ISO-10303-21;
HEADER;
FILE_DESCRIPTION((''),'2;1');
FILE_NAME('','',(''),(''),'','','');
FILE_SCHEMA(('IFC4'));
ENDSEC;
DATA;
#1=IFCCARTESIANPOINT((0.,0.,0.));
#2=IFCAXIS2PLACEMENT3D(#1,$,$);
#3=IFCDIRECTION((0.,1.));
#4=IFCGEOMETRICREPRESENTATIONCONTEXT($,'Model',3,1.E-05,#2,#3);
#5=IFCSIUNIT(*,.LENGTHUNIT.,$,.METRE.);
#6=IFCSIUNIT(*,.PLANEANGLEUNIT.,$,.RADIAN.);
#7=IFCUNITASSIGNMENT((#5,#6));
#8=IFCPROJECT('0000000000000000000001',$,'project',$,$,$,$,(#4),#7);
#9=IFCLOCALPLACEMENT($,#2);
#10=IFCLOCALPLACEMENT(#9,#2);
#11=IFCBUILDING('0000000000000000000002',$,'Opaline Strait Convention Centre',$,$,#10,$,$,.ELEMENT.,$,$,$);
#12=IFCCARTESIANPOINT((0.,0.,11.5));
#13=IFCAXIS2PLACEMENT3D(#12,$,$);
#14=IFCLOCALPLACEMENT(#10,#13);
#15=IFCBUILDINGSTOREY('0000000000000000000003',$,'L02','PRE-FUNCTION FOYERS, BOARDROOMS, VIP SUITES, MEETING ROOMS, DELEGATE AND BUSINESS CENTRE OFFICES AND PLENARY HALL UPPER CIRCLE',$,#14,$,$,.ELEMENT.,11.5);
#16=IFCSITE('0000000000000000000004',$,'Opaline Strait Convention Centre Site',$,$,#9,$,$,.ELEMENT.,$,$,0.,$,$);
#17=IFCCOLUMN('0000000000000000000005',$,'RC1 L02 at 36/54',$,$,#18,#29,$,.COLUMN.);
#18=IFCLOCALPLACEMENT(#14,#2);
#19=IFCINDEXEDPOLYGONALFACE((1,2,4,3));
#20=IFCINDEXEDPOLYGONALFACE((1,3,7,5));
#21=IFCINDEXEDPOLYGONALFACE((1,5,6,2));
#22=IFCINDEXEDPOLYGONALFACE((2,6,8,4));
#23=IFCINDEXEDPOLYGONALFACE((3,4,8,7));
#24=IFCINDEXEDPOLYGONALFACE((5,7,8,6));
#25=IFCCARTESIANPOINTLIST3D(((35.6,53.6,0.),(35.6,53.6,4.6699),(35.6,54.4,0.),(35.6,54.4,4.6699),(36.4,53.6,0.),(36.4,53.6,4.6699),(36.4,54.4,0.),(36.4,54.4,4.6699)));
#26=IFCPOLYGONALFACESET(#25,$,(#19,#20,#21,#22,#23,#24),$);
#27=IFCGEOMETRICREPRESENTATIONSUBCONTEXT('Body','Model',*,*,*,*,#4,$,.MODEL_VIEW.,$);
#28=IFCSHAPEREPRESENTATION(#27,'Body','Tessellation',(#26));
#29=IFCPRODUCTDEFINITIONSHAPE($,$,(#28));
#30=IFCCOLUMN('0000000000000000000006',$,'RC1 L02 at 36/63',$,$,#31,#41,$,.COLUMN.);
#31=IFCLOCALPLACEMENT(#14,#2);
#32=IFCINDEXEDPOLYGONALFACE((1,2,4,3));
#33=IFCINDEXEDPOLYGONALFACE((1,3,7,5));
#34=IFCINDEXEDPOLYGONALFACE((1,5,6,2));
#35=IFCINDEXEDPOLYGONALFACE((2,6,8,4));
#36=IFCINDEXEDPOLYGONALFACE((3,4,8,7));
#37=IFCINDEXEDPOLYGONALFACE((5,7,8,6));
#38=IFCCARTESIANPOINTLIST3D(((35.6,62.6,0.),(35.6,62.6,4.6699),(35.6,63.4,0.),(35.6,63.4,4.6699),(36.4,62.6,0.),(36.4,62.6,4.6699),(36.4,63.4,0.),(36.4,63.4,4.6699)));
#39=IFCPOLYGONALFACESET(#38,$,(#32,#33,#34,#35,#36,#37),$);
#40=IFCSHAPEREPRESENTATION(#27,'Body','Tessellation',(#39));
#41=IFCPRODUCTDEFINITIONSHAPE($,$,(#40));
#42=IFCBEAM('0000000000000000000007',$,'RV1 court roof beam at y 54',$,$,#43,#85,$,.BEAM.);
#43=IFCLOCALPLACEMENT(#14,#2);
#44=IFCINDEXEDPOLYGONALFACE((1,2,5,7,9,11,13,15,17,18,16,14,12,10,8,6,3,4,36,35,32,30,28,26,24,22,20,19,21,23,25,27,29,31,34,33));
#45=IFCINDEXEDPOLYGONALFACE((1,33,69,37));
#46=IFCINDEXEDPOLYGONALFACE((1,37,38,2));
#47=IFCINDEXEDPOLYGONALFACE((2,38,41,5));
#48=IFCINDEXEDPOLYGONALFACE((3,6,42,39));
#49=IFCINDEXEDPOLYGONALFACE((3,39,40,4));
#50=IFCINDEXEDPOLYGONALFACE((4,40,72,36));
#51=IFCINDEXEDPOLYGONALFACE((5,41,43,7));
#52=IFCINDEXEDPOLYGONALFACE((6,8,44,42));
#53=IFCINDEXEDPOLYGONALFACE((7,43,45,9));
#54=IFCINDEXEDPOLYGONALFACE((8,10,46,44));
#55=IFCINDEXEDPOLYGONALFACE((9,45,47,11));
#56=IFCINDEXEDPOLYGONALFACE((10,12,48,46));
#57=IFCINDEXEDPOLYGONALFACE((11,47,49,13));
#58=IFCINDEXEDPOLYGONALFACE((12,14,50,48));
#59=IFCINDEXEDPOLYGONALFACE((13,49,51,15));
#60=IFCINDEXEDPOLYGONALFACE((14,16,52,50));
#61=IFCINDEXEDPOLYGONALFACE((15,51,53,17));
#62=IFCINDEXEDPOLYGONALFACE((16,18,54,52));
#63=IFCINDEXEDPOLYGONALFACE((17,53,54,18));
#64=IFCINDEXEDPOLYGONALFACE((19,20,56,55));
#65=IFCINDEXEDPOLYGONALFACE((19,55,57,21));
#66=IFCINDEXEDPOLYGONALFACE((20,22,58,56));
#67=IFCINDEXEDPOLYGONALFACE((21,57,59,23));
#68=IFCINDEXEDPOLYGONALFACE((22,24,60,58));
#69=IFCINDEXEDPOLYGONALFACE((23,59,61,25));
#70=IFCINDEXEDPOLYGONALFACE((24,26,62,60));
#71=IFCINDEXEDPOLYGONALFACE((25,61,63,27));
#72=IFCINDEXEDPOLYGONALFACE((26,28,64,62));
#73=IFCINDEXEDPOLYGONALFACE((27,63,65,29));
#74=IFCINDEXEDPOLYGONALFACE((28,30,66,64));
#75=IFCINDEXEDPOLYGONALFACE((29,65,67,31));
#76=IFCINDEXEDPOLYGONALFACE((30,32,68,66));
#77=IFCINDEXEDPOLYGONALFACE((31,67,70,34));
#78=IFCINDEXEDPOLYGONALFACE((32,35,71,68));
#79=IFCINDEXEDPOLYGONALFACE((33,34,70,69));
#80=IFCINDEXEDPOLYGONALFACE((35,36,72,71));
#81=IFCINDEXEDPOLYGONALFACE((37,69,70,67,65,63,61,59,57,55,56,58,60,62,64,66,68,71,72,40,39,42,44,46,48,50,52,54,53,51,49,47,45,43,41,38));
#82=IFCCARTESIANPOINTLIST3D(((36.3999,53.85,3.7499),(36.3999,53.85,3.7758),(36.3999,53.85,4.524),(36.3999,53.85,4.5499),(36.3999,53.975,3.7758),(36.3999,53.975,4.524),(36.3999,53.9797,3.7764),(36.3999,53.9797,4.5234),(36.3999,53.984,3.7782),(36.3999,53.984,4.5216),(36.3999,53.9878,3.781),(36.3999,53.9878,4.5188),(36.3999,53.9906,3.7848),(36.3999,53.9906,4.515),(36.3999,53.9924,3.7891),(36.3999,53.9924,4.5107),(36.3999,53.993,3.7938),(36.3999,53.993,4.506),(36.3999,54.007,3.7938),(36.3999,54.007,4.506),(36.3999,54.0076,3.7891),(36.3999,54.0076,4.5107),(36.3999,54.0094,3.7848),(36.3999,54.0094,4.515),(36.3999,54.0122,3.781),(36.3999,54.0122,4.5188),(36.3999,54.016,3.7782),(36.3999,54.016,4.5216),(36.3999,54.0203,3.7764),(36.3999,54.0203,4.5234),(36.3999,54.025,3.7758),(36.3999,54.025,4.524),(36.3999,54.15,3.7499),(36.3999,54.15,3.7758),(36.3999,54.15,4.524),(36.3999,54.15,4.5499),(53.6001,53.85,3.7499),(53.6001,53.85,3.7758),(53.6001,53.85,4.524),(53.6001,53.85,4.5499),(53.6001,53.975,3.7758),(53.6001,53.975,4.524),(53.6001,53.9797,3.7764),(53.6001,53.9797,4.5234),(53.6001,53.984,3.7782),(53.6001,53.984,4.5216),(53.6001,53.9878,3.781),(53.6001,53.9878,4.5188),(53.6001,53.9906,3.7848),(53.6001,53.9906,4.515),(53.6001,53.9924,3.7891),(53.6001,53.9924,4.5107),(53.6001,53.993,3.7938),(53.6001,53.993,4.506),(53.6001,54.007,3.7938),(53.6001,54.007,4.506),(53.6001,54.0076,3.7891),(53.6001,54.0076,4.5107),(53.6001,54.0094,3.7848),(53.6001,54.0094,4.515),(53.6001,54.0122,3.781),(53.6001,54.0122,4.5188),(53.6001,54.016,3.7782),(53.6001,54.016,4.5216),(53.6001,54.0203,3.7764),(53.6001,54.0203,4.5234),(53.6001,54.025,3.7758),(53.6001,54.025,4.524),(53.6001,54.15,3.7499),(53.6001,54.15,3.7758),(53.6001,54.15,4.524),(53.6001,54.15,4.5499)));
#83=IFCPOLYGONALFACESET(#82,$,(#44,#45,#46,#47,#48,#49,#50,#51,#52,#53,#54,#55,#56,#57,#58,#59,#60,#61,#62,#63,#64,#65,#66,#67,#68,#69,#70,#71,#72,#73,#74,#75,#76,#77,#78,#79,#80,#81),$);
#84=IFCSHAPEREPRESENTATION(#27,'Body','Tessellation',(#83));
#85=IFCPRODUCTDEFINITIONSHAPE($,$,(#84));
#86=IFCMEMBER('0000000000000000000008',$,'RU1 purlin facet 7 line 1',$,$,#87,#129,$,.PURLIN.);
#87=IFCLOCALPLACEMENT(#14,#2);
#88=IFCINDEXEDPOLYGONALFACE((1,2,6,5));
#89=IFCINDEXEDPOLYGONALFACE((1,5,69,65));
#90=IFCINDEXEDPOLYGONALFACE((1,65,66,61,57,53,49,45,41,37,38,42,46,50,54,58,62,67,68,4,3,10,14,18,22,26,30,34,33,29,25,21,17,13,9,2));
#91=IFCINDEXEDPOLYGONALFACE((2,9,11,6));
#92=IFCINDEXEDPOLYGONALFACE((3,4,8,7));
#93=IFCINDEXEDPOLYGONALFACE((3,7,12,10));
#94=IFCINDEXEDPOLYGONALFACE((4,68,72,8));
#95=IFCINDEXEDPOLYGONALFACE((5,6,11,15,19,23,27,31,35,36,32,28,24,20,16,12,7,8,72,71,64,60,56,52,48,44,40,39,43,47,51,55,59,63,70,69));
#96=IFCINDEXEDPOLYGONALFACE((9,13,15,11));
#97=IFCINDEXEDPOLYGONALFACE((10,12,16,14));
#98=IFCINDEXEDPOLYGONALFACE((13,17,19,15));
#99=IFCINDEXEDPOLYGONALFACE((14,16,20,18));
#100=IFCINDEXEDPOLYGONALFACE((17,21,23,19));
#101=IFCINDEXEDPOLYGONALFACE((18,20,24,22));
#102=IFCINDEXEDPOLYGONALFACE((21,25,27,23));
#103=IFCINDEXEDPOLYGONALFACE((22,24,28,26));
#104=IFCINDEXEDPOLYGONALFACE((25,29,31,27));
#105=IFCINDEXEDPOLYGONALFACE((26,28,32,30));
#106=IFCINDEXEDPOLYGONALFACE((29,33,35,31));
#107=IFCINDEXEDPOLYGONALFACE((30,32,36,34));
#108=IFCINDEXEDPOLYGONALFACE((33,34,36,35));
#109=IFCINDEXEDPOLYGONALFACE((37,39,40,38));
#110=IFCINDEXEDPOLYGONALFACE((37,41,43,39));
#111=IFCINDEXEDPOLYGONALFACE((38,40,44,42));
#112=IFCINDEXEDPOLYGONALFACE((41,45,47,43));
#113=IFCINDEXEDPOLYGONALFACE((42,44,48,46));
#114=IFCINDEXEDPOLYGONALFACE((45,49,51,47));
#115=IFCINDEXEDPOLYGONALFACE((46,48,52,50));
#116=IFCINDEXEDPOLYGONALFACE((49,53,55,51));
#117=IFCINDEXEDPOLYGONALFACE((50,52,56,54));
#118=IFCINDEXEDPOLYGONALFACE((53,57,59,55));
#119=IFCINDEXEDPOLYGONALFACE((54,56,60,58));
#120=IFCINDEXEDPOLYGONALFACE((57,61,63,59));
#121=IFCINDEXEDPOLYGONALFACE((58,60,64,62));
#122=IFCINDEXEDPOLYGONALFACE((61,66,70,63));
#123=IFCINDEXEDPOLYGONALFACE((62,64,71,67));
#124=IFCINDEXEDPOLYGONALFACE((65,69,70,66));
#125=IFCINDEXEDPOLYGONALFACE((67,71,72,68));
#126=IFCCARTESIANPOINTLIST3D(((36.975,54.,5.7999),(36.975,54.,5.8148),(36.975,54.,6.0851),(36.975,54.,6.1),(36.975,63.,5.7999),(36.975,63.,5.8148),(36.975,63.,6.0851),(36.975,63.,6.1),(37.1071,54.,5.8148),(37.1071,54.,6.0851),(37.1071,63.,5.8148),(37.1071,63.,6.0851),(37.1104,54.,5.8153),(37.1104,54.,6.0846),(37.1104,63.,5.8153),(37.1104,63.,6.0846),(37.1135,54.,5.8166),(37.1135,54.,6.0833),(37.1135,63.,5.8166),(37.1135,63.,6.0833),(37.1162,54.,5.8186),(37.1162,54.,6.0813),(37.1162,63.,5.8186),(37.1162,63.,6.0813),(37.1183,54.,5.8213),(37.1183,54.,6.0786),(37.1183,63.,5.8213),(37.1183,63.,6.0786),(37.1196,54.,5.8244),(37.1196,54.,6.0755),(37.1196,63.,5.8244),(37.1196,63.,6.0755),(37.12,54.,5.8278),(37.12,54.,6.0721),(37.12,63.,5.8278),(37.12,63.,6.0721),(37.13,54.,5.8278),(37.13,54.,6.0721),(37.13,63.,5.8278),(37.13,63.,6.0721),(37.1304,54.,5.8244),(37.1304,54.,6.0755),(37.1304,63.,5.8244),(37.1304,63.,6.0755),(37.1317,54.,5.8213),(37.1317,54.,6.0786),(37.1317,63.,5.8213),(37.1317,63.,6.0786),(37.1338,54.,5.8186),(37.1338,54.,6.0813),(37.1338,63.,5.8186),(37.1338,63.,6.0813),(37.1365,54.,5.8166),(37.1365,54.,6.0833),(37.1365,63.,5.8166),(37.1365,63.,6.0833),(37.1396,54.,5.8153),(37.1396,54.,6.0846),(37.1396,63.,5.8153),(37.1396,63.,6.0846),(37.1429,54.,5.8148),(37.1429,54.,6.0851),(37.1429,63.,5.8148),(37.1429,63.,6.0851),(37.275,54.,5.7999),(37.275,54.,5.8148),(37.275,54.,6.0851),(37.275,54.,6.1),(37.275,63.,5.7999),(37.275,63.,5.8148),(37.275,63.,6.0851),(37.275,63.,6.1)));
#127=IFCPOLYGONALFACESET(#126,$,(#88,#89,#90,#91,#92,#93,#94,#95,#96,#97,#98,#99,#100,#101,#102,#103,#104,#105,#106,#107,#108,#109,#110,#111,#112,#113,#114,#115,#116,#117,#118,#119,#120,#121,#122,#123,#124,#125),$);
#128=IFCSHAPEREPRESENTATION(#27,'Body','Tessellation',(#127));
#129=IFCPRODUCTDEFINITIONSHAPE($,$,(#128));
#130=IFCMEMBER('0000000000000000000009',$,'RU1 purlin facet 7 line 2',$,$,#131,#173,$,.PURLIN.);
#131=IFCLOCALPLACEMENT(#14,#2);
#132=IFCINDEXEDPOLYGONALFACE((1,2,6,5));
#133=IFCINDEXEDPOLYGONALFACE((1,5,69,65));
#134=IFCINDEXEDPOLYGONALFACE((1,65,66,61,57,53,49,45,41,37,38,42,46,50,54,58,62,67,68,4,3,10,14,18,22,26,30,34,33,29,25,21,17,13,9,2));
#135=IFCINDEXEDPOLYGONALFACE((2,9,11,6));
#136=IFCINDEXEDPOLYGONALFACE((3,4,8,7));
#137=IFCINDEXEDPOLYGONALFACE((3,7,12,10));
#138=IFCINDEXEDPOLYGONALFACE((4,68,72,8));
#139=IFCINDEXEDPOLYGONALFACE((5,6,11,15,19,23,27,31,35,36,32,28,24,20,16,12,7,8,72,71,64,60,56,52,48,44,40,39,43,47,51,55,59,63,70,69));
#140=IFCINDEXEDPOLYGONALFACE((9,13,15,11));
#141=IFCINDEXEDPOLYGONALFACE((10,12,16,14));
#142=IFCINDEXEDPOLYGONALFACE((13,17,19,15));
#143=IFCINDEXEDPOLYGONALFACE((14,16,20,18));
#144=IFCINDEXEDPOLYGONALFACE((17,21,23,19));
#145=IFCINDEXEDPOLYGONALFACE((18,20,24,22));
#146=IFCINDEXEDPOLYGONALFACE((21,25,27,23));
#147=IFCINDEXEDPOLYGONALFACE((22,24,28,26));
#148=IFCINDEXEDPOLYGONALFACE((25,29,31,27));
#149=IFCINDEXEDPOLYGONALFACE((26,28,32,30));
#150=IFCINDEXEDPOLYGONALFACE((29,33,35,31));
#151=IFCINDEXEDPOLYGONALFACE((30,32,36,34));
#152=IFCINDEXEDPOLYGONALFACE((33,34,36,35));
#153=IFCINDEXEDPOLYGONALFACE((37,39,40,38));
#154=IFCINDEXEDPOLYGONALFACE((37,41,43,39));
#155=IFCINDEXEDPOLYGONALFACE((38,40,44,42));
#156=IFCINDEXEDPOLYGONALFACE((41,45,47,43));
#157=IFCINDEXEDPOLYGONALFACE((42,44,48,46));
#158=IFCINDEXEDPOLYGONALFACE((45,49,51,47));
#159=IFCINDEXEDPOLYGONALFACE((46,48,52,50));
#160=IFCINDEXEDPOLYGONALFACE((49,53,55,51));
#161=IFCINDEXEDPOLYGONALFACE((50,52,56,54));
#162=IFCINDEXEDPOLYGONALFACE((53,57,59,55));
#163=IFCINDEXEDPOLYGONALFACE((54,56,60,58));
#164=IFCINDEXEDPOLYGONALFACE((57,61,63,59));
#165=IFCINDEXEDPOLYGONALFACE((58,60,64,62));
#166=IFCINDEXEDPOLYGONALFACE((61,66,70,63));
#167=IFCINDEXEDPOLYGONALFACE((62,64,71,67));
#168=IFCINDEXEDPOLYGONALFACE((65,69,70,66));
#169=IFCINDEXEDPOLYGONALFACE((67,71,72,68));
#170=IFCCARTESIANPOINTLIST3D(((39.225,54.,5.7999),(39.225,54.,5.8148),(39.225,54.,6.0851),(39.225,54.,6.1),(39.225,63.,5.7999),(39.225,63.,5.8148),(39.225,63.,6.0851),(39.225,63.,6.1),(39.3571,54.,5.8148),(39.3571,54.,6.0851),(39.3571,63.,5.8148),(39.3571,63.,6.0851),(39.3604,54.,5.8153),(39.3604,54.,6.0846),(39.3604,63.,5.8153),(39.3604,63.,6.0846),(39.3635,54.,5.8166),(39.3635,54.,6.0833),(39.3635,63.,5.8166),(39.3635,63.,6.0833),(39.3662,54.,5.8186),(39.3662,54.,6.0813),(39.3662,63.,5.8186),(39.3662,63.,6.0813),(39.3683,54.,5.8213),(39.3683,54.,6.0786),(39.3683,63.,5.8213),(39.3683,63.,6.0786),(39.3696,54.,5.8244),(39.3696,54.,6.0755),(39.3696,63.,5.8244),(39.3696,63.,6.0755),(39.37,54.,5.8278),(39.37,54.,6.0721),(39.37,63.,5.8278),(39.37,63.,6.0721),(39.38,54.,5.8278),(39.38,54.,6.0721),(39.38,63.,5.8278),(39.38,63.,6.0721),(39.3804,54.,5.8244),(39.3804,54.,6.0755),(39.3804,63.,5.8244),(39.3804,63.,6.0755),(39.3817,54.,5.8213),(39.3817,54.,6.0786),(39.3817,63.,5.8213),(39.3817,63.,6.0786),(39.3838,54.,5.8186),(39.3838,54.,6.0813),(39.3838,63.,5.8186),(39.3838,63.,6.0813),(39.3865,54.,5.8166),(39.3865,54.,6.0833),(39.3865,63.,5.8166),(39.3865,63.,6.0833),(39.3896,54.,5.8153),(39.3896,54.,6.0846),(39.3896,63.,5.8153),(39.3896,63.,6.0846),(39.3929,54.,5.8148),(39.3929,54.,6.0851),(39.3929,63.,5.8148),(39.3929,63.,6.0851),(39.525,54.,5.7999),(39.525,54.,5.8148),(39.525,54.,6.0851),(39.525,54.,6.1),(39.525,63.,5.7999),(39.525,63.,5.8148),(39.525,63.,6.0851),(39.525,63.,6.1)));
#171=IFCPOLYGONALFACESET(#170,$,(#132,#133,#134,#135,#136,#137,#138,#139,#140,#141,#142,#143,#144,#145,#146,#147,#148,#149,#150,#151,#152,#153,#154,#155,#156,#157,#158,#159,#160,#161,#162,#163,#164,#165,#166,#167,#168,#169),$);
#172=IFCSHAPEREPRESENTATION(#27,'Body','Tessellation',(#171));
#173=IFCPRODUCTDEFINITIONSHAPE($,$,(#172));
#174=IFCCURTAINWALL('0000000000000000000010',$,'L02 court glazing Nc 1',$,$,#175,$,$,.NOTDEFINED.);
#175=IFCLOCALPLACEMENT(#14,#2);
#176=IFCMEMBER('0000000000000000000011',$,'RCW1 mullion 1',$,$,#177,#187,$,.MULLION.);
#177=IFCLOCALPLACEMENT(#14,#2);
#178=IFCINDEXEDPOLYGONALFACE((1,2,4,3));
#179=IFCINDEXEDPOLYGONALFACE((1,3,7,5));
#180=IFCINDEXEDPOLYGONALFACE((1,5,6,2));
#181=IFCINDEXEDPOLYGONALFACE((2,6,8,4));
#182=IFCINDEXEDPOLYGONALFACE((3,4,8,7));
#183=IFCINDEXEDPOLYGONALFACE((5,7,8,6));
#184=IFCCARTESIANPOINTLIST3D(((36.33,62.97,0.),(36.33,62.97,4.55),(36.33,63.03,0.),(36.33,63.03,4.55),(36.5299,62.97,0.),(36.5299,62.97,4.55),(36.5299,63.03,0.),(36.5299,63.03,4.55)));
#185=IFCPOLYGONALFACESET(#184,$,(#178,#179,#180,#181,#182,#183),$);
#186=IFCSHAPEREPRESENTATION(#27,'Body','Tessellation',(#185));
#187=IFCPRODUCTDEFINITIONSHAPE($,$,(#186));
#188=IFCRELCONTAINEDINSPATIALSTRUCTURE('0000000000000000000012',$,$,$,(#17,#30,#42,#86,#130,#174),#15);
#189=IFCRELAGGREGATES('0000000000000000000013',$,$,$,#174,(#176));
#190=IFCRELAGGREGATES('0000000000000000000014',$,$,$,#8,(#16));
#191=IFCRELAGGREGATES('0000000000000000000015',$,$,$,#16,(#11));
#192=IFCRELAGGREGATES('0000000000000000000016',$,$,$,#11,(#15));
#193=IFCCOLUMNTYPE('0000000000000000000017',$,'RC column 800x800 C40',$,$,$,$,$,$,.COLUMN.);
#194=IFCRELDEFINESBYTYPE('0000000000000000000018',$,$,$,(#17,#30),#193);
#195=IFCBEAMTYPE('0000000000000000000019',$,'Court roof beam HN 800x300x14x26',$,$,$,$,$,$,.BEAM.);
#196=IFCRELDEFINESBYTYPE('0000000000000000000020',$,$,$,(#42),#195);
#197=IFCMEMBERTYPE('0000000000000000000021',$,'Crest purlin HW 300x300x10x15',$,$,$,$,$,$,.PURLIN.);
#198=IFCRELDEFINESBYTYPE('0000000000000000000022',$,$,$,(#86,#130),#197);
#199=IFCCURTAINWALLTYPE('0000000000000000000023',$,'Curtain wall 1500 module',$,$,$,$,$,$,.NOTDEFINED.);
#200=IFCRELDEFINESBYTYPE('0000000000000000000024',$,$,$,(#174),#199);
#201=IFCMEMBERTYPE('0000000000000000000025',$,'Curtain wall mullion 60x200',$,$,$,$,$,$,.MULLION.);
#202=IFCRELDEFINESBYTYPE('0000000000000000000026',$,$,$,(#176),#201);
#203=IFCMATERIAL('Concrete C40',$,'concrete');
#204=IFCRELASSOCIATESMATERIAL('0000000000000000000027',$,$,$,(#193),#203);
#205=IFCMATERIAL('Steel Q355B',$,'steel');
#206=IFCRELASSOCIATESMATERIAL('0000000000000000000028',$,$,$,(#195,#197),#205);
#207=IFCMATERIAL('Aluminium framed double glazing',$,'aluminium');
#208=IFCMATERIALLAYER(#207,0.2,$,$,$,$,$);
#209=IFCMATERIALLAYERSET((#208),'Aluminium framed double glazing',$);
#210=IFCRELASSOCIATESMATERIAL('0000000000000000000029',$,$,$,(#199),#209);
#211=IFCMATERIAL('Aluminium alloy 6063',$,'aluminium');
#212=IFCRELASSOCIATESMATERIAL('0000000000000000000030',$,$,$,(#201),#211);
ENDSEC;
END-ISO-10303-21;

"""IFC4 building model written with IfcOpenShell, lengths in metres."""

from ifc_helpers import new_model, si_unit, direction, frame, origin, origin_2d, place, context, subcontext, project, spatial, rectangle, i_section, extrude, material, layer, layer_set, material_profile, profile_set, type_object, element, aggregate, save


model = new_model("IFC4")

# Units and contexts
model_context = context("Model", 3, precision=1e-05, world=origin(), true_north=direction((0.0, 1.0)))
body_context = subcontext(model_context, "Body", "Model", "MODEL_VIEW")
ifc_project = project(units=[si_unit("LENGTHUNIT", "METRE"), si_unit("PLANEANGLEUNIT", "RADIAN")], contexts=[model_context])

# Site, building, storey
site_placement = place(None, origin())
site = spatial("IfcSite", under=ifc_project, at=site_placement, Name="Opaline Strait Convention Centre Site", CompositionType="ELEMENT", RefElevation=0.0)
building_placement = place(site_placement, origin())
building = spatial("IfcBuilding", under=site, at=building_placement, Name="Opaline Strait Convention Centre", CompositionType="ELEMENT")
storey_placement = place(building_placement, frame((0.0, 0.0, 11.5)))
storey = spatial("IfcBuildingStorey", under=building, at=storey_placement, Name="L02", Description="PRE-FUNCTION FOYERS, BOARDROOMS, VIP SUITES, MEETING ROOMS, DELEGATE AND BUSINESS CENTRE OFFICES AND PLENARY HALL UPPER CIRCLE", CompositionType="ELEMENT", Elevation=11.5)

# Columns
ifc_material_1 = material(Name="Concrete C40", Category="concrete")
ifc_material_profile_1 = material_profile(ifc_material_1, rectangle(XDim=0.8, YDim=0.8, at=origin_2d()), Name="RC 800x800")
ifc_profile_set_1 = profile_set([ifc_material_profile_1], Name="Concrete C40")
column_type = type_object("IfcColumnType", Name="RC column 800x800 C40", PredefinedType="COLUMN", material=ifc_profile_set_1)
for number, where, z_axis, x_axis, name in (
    (1, (36.0, 54.0, 0.0), (0.0, 0.0, 1.0), (1.0, 0.0, 0.0), "RC1 L02 at 36/54"),
    (2, (36.0, 63.0, 0.0), (0.0, 0.0, 1.0), (1.0, 0.0, 0.0), "RC1 L02 at 36/63"),
):
    element("IfcColumn", number, at=place(storey_placement, frame(where, z_axis=z_axis, x_axis=x_axis)), inside=storey, type_object=column_type, Name=name, PredefinedType="COLUMN", context=body_context, shape_type="SweptSolid", body=[
        extrude(rectangle(XDim=0.8, YDim=0.8, at=origin_2d()), origin(), (0.0, 0.0, 1.0), 4.6699),
    ])

# Beam
ifc_material_2 = material(Name="Steel Q355B", Category="steel")
ifc_material_profile_2 = material_profile(ifc_material_2, i_section(OverallWidth=0.3, OverallDepth=0.8, WebThickness=0.0139, FlangeThickness=0.0259, FilletRadius=0.0181, at=origin_2d()), Name="HN 800x300x14x26")
ifc_profile_set_2 = profile_set([ifc_material_profile_2], Name="Steel Q355B")
beam_type_1 = type_object("IfcBeamType", Name="Court roof beam HN 800x300x14x26", PredefinedType="BEAM", material=ifc_profile_set_2)
beam_placement = place(storey_placement, frame((36.3999, 54.0, 4.1499), z_axis=(1.0, 0.0, 0.0), x_axis=(0.0, 1.0, 0.0)))
element("IfcBeam", 3, at=beam_placement, inside=storey, type_object=beam_type_1, Name="RV1 court roof beam at y 54", PredefinedType="BEAM", context=body_context, shape_type="SweptSolid", body=[
    extrude(i_section(OverallWidth=0.3, OverallDepth=0.8, WebThickness=0.0139, FlangeThickness=0.0259, FilletRadius=0.0181, at=origin_2d()), origin(), (0.0, 0.0, 1.0), 17.2002),
])

# Members
ifc_material_profile_3 = material_profile(ifc_material_2, i_section(OverallWidth=0.3, OverallDepth=0.3, WebThickness=0.01, FlangeThickness=0.0149, FilletRadius=0.0129, at=origin_2d()), Name="HW 300x300x10x15")
ifc_profile_set_3 = profile_set([ifc_material_profile_3], Name="Steel Q355B")
member_type_1 = type_object("IfcMemberType", Name="Crest purlin HW 300x300x10x15", PredefinedType="PURLIN", material=ifc_profile_set_3)
for number, where, z_axis, x_axis, name in (
    (4, (37.125, 54.0, 5.95), (0.0, 1.0, 0.0), (-1.0, 0.0, 0.0), "RU1 purlin facet 7 line 1"),
    (5, (39.375, 54.0, 5.95), (0.0, 1.0, 0.0), (-1.0, 0.0, 0.0), "RU1 purlin facet 7 line 2"),
):
    element("IfcMember", number, at=place(storey_placement, frame(where, z_axis=z_axis, x_axis=x_axis)), inside=storey, type_object=member_type_1, Name=name, PredefinedType="PURLIN", context=body_context, shape_type="SweptSolid", body=[
        extrude(i_section(OverallWidth=0.3, OverallDepth=0.3, WebThickness=0.01, FlangeThickness=0.0149, FilletRadius=0.0129, at=origin_2d()), origin(), (0.0, 0.0, 1.0), 9.0),
    ])

# Curtain wall, member
ifc_material_3 = material(Name="Aluminium framed double glazing", Category="aluminium")
ifc_layer_1 = layer(ifc_material_3, 0.2)
ifc_layer_set_1 = layer_set([ifc_layer_1], Name="Aluminium framed double glazing")
curtain_wall_type = type_object("IfcCurtainWallType", Name="Curtain wall 1500 module", PredefinedType="NOTDEFINED", material=ifc_layer_set_1)
curtain_wall_placement = place(storey_placement, origin())
curtain_wall = element("IfcCurtainWall", 6, at=curtain_wall_placement, inside=storey, type_object=curtain_wall_type, Name="L02 court glazing Nc 1", PredefinedType="NOTDEFINED")
ifc_material_4 = material(Name="Aluminium alloy 6063", Category="aluminium")
ifc_material_profile_4 = material_profile(ifc_material_4, rectangle(XDim=0.0601, YDim=0.2, at=origin_2d()), Name="Curtain wall mullion 60x200")
ifc_profile_set_4 = profile_set([ifc_material_profile_4], Name="Aluminium alloy 6063")
member_type_2 = type_object("IfcMemberType", Name="Curtain wall mullion 60x200", PredefinedType="MULLION", material=ifc_profile_set_4)
member_1_placement = place(storey_placement, frame((36.4299, 63.0, 0.0), z_axis=(0.0, 0.0, 1.0), x_axis=(0.0, 1.0, 0.0)))
member_1 = element("IfcMember", 7, at=member_1_placement, type_object=member_type_2, Name="RCW1 mullion 1", PredefinedType="MULLION", context=body_context, shape_type="SweptSolid", body=[
    extrude(rectangle(XDim=0.0601, YDim=0.2, at=origin_2d()), origin(), (0.0, 0.0, 1.0), 4.55),
])
aggregate(curtain_wall, [member_1])

save(model, "model.ifc")
